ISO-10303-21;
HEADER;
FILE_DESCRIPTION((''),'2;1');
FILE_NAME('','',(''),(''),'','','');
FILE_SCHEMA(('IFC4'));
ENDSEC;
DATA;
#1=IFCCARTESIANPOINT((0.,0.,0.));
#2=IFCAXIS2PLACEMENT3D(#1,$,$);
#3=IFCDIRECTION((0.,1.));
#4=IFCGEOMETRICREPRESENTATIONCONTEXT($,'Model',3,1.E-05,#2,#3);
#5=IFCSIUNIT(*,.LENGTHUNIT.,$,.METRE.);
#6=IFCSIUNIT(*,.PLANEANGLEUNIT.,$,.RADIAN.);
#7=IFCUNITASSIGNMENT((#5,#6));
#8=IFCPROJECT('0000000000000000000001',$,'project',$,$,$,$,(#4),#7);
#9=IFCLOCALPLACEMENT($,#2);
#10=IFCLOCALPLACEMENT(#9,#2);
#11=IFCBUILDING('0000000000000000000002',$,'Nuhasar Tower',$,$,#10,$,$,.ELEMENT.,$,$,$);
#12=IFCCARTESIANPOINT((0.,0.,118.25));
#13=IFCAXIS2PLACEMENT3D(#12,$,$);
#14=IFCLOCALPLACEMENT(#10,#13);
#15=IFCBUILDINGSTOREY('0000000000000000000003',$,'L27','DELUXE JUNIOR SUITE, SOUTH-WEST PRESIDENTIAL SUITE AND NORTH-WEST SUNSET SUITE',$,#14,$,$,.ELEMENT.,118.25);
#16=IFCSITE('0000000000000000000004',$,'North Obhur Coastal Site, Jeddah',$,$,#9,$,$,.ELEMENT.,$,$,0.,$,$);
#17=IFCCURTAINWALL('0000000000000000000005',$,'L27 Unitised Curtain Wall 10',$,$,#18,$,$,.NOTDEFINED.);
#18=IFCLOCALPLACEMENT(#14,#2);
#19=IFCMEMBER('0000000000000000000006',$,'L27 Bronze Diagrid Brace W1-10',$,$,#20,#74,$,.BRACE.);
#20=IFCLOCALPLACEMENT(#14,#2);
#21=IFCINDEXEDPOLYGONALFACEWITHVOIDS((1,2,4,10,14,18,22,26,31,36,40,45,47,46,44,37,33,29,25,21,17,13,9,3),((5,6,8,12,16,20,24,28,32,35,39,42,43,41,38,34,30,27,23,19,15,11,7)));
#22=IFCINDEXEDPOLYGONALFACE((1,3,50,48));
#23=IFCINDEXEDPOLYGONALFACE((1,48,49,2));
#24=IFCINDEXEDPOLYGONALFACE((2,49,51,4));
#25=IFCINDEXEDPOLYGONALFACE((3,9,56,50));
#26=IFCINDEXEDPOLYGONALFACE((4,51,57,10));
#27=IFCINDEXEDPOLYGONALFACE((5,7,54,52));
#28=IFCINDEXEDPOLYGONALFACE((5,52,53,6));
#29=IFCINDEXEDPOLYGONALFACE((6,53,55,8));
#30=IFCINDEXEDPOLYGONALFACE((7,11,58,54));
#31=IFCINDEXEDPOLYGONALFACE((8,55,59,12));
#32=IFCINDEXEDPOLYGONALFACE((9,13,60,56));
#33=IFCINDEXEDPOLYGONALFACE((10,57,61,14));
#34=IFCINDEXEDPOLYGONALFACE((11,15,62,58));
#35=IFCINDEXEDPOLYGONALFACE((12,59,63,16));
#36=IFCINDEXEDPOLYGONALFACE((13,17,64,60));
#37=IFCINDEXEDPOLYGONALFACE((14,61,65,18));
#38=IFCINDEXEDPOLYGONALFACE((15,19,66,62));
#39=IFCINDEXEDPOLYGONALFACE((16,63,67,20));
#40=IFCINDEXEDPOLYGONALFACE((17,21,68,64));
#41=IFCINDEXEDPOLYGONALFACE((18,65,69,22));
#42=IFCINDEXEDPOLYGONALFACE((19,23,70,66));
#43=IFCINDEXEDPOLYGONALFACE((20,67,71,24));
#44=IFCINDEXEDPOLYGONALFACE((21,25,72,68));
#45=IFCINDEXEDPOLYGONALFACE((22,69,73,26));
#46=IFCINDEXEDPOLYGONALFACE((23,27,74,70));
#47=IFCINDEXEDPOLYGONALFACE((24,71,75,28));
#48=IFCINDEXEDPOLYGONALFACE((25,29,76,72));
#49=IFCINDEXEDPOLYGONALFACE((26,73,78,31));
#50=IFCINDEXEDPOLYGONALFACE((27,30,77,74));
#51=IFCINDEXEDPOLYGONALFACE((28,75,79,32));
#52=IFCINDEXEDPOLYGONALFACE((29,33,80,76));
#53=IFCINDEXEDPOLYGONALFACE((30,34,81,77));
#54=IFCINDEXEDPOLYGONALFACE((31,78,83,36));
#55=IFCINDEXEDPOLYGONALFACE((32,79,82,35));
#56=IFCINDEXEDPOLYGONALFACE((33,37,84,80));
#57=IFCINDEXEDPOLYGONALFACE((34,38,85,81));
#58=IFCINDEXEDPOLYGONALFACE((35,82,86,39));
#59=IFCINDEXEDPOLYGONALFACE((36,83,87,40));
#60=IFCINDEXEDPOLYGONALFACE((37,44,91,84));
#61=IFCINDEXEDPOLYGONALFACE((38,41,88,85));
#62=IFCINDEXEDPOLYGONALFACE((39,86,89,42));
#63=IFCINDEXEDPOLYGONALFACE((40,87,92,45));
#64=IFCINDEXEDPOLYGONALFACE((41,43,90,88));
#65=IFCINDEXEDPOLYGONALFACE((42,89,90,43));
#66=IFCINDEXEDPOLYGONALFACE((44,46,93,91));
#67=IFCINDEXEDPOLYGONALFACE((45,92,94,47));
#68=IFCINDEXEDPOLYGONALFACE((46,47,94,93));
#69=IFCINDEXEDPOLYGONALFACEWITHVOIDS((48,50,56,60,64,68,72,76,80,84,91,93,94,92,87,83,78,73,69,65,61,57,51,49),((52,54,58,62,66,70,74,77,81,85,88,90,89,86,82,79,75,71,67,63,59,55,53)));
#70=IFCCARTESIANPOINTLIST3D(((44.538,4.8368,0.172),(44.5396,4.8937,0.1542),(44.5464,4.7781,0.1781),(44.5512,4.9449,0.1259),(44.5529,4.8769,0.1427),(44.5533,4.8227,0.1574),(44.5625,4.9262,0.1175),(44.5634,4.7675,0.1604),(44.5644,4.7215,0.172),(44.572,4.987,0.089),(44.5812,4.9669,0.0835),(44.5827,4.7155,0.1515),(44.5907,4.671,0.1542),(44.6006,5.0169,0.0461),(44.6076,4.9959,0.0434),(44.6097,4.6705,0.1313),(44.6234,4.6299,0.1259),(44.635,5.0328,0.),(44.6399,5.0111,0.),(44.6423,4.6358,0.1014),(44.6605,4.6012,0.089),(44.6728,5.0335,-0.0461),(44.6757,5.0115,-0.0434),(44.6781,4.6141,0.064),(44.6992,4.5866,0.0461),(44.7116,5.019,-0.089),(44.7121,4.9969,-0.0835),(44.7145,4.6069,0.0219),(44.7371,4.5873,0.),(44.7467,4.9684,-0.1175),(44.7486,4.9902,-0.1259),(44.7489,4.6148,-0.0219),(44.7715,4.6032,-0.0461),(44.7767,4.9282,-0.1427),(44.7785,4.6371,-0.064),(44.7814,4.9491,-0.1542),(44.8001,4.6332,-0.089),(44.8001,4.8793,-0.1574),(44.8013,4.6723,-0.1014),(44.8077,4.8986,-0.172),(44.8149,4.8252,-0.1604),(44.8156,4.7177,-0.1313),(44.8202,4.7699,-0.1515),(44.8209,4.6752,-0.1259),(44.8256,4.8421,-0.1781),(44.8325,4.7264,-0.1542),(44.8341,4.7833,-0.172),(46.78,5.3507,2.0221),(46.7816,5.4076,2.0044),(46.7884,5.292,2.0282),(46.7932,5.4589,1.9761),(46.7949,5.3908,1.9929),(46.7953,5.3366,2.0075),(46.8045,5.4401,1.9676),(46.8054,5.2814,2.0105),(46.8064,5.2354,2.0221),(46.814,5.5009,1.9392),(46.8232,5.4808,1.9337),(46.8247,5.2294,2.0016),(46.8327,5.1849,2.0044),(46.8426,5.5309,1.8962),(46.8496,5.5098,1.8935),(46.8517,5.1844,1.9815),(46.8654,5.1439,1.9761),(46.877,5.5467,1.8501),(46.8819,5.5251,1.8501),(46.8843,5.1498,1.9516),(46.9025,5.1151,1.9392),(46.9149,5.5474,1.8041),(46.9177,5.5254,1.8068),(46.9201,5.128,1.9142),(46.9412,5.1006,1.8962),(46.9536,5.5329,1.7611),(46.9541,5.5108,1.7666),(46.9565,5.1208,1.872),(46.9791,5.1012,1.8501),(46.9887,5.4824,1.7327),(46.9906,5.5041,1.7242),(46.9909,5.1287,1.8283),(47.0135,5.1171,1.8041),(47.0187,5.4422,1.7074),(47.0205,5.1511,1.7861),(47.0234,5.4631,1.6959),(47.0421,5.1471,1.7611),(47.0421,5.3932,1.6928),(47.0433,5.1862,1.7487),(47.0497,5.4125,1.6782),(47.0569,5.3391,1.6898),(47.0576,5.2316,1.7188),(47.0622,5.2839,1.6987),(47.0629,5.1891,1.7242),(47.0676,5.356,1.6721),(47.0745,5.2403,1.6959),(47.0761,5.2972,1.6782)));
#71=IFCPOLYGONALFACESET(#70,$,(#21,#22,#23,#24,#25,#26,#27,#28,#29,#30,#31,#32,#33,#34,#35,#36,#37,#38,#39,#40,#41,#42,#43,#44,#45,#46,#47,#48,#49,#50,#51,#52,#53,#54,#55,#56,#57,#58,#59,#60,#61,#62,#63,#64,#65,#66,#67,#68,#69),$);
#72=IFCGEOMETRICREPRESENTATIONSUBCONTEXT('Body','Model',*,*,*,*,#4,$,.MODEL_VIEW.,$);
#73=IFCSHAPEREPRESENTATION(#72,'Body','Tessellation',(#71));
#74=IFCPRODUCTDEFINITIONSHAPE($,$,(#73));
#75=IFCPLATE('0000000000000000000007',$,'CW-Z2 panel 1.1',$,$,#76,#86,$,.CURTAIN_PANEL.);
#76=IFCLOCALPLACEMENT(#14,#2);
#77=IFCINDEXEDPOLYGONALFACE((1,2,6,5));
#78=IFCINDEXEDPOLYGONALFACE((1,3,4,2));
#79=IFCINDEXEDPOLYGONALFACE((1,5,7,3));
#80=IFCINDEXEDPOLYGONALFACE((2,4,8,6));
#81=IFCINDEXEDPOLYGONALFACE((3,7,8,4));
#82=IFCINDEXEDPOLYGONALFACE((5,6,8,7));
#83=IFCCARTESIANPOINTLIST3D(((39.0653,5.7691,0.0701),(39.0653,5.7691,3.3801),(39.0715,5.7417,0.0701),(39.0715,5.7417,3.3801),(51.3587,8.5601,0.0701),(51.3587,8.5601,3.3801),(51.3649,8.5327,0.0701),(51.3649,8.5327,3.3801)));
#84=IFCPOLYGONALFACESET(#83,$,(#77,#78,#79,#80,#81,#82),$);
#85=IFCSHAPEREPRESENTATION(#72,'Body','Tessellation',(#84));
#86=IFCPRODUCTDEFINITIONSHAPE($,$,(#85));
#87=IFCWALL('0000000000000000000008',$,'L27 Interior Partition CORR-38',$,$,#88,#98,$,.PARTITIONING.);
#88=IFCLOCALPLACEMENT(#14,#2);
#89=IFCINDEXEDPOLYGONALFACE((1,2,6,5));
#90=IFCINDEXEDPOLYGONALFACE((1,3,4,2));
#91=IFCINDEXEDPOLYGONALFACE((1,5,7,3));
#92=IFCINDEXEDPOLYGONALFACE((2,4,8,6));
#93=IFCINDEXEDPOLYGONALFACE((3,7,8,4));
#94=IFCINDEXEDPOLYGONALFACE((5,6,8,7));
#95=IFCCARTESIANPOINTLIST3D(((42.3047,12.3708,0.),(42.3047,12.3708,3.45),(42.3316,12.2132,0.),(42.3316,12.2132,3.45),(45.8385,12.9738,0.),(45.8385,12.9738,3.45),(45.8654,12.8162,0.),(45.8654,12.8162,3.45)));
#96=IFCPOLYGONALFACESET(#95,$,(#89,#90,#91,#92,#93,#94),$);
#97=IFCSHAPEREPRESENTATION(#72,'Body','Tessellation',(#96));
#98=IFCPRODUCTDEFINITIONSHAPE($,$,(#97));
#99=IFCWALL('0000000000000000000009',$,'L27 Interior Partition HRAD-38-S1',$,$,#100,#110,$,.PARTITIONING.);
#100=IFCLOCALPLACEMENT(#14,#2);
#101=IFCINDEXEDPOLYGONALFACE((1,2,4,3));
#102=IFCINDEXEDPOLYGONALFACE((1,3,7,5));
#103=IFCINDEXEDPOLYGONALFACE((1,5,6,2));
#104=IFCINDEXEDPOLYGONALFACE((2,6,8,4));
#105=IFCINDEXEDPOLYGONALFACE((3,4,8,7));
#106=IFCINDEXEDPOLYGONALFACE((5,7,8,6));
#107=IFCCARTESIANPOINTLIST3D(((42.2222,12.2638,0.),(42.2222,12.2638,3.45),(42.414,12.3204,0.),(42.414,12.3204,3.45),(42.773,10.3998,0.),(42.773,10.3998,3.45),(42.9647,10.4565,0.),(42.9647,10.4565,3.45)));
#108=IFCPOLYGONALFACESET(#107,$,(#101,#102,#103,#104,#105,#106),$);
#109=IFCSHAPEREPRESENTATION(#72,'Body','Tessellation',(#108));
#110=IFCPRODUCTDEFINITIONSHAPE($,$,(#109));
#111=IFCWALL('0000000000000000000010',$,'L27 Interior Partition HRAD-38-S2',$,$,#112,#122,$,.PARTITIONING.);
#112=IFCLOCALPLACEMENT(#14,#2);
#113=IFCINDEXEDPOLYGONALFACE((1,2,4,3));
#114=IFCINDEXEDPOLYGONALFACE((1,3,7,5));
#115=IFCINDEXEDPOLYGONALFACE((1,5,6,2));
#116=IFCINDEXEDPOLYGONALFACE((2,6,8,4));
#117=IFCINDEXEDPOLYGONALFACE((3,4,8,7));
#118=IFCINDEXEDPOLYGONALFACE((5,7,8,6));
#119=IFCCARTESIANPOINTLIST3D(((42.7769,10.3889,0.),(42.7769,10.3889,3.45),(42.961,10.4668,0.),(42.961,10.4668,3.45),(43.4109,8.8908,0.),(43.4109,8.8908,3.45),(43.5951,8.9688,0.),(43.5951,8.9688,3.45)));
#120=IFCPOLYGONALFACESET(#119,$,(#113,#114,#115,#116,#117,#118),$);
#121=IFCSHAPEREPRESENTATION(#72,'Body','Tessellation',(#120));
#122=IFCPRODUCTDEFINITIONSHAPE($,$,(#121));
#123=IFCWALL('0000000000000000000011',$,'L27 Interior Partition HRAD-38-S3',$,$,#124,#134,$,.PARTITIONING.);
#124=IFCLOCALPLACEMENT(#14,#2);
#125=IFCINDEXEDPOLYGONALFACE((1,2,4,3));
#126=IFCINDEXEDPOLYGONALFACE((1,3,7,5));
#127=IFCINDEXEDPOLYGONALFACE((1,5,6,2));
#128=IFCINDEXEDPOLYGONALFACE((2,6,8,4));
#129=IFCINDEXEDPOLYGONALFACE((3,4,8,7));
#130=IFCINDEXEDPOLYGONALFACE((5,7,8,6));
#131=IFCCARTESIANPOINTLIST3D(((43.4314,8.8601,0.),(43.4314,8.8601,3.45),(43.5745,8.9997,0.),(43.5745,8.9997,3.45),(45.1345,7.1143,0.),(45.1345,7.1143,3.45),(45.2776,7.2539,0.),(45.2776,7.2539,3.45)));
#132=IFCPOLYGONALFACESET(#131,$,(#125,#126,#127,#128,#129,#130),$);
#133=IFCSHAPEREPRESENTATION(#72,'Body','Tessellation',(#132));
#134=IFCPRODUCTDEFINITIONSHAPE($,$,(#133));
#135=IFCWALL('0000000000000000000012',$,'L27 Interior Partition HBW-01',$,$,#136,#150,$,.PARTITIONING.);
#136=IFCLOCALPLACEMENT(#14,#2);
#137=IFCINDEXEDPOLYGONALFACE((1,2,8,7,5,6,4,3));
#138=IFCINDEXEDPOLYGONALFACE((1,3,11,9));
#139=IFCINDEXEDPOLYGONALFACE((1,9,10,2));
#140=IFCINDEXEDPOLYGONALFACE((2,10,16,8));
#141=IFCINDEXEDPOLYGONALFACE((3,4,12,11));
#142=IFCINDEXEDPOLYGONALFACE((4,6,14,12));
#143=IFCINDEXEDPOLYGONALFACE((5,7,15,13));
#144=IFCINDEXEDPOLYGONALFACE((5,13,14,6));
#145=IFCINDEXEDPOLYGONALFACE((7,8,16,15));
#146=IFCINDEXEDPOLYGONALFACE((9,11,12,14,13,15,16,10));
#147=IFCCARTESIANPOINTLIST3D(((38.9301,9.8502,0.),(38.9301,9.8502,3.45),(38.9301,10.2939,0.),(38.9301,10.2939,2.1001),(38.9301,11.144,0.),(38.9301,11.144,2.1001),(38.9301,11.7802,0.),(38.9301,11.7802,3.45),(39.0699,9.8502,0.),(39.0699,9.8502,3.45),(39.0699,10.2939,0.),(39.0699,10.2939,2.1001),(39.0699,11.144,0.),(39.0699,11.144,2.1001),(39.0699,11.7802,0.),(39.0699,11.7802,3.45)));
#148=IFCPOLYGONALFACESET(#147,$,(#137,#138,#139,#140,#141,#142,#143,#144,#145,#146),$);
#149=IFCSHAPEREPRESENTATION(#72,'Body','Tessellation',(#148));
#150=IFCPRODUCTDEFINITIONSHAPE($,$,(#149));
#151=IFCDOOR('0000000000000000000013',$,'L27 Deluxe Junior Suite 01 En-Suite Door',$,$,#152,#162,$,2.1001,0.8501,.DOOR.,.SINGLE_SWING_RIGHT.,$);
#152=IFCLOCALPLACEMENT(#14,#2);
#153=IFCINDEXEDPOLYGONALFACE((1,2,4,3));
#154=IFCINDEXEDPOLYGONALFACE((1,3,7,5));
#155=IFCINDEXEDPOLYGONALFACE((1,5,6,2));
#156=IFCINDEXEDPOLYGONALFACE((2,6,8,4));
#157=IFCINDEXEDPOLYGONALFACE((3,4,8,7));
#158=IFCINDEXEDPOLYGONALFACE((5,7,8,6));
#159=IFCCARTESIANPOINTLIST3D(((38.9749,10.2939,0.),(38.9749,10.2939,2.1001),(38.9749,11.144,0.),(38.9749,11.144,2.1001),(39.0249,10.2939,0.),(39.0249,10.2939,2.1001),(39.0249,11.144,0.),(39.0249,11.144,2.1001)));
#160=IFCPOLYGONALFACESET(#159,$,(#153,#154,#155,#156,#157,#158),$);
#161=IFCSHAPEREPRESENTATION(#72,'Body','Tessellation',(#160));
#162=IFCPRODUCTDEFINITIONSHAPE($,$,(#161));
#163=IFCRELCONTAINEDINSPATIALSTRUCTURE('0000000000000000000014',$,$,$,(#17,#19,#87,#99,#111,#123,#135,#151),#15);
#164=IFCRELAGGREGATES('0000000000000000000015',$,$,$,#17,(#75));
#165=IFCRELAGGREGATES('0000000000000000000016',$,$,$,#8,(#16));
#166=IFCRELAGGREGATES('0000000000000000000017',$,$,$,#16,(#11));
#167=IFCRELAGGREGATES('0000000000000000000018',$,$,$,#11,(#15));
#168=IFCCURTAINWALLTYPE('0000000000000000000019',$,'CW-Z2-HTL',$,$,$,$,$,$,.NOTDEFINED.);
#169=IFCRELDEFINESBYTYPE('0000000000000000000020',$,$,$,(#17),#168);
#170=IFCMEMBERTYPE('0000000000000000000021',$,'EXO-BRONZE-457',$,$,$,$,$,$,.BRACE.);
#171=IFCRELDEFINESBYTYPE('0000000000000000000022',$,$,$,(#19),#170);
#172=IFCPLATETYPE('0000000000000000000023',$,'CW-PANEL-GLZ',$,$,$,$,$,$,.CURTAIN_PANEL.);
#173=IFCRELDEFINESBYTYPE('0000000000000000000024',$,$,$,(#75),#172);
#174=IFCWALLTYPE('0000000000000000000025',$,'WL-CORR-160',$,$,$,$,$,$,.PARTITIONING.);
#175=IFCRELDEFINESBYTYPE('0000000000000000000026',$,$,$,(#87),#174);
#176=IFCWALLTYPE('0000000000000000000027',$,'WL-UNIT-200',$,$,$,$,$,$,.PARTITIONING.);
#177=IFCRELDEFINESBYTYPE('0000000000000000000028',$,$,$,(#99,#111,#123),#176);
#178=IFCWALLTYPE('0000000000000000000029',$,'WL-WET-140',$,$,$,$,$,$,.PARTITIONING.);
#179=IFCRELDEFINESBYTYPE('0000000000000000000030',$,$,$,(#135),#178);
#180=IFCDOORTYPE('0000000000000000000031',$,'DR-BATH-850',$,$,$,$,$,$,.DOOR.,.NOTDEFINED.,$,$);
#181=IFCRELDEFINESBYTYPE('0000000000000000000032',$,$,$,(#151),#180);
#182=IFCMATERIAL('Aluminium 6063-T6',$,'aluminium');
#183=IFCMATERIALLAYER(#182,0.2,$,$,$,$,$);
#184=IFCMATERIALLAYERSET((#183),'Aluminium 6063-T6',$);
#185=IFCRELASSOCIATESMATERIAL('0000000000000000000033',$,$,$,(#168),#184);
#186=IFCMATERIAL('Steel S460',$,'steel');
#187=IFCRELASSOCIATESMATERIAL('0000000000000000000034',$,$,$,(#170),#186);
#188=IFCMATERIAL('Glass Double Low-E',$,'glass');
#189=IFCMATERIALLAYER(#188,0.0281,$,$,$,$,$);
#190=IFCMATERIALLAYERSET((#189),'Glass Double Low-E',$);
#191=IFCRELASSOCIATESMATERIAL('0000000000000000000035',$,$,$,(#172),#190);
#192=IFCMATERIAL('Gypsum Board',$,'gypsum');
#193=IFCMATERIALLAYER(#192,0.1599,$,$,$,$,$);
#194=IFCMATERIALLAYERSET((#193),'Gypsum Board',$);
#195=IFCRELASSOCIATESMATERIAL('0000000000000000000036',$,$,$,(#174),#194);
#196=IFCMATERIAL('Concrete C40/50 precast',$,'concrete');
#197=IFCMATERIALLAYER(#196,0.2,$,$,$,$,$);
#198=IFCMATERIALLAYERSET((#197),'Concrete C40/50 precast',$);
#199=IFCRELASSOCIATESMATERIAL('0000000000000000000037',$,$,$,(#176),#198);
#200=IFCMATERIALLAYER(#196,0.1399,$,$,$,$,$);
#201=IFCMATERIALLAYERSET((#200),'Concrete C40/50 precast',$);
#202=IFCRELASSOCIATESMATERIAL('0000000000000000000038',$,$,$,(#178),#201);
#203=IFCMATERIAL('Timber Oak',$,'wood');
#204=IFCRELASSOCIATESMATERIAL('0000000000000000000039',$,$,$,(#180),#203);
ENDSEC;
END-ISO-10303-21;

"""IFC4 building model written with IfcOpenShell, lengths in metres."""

from ifc_helpers import new_model, si_unit, direction, frame, frame_2d, origin, origin_2d, place, context, subcontext, project, spatial, rectangle, hollow_circle, extrude, material, layer, layer_set, material_profile, profile_set, type_object, element, fill, aggregate, save


model = new_model("IFC4")

# Units and contexts
model_context = context("Model", 3, precision=1e-05, world=origin(), true_north=direction((0.0, 1.0)))
body_context = subcontext(model_context, "Body", "Model", "MODEL_VIEW")
ifc_project = project(units=[si_unit("LENGTHUNIT", "METRE"), si_unit("PLANEANGLEUNIT", "RADIAN")], contexts=[model_context])

# Site, building, storey
site_placement = place(None, origin())
site = spatial("IfcSite", under=ifc_project, at=site_placement, Name="North Obhur Coastal Site, Jeddah", CompositionType="ELEMENT", RefElevation=0.0)
building_placement = place(site_placement, origin())
building = spatial("IfcBuilding", under=site, at=building_placement, Name="Nuhasar Tower", CompositionType="ELEMENT")
storey_placement = place(building_placement, frame((0.0, 0.0, 118.25)))
storey = spatial("IfcBuildingStorey", under=building, at=storey_placement, Name="L27", Description="DELUXE JUNIOR SUITE, SOUTH-WEST PRESIDENTIAL SUITE AND NORTH-WEST SUNSET SUITE", CompositionType="ELEMENT", Elevation=118.25)

# Shared definitions
ifc_material_1 = material(Name="Aluminium 6063-T6", Category="aluminium")
ifc_layer_1 = layer(ifc_material_1, 0.2)
ifc_layer_set_1 = layer_set([ifc_layer_1], Name="Aluminium 6063-T6")
curtain_wall_type = type_object("IfcCurtainWallType", Name="CW-Z2-HTL", PredefinedType="NOTDEFINED", material=ifc_layer_set_1)

# Curtain wall
curtain_wall_1_placement = place(storey_placement, origin())
curtain_wall_1 = element("IfcCurtainWall", 1, at=curtain_wall_1_placement, inside=storey, type_object=curtain_wall_type, Name="L27 Unitised Curtain Wall 10", PredefinedType="NOTDEFINED")

# Member
ifc_material_2 = material(Name="Steel S460", Category="steel")
ifc_material_profile_1 = material_profile(ifc_material_2, hollow_circle(Radius=0.2285, WallThickness=0.0222, at=origin_2d()), Name="HSS457X22.2")
ifc_profile_set_1 = profile_set([ifc_material_profile_1], Name="Steel S460")
member_type_1 = type_object("IfcMemberType", Name="EXO-BRONZE-457", PredefinedType="BRACE", material=ifc_profile_set_1)
member_1_placement = place(storey_placement, frame((44.686, 4.8101, 0.0), z_axis=(0.75951, 0.174101, 0.626764), x_axis=(-0.223433, 0.974719, 0.0)))
element("IfcMember", 2, at=member_1_placement, inside=storey, type_object=member_type_1, Name="L27 Bronze Diagrid Brace W1-10", PredefinedType="BRACE", context=body_context, shape_type="SweptSolid", body=[
    extrude(hollow_circle(Radius=0.2285, WallThickness=0.0222, at=origin_2d()), origin(), (0.0, 0.0, 1.0), 2.9519),
])

# Plate
ifc_material_3 = material(Name="Glass Double Low-E", Category="glass")
ifc_layer_2 = layer(ifc_material_3, 0.0281)
ifc_layer_set_2 = layer_set([ifc_layer_2], Name="Glass Double Low-E")
plate_type = type_object("IfcPlateType", Name="CW-PANEL-GLZ", PredefinedType="CURTAIN_PANEL", material=ifc_layer_set_2)
plate_placement = place(storey_placement, frame((45.2151, 7.1509, 0.0701), z_axis=(0.0, 0.0, 1.0), x_axis=(0.975184, 0.221397, 0.0)))
plate = element("IfcPlate", 3, at=plate_placement, type_object=plate_type, Name="CW-Z2 panel 1.1", PredefinedType="CURTAIN_PANEL", context=body_context, shape_type="SweptSolid", body=[
    extrude(rectangle(XDim=12.6062, YDim=0.0281, at=origin_2d()), origin(), (0.0, 0.0, 1.0), 3.3101),
])
aggregate(curtain_wall_1, [plate])

# Shared definitions
ifc_material_4 = material(Name="Gypsum Board", Category="gypsum")
ifc_layer_3 = layer(ifc_material_4, 0.1599)
ifc_layer_set_3 = layer_set([ifc_layer_3], Name="Gypsum Board")
wall_type_1 = type_object("IfcWallType", Name="WL-CORR-160", PredefinedType="PARTITIONING", material=ifc_layer_set_3)
ifc_material_5 = material(Name="Timber Oak", Category="wood")

# Wall
wall_1_placement = place(storey_placement, frame((42.3181, 12.292, 0.0), z_axis=(0.0, 0.0, 1.0), x_axis=(0.985752, 0.168208, 0.0)))
element("IfcWall", 4, at=wall_1_placement, inside=storey, type_object=wall_type_1, Name="L27 Interior Partition CORR-38", PredefinedType="PARTITIONING", context=body_context, shape_type="SweptSolid", body=[
    extrude(rectangle(XDim=3.585, YDim=0.1599, at=frame_2d((1.7925, 0.0))), origin(), (0.0, 0.0, 1.0), 3.45),
])

# Walls
ifc_material_6 = material(Name="Concrete C40/50 precast", Category="concrete")
ifc_layer_4 = layer(ifc_material_6, 0.2)
ifc_layer_set_4 = layer_set([ifc_layer_4], Name="Concrete C40/50 precast")
wall_type_2 = type_object("IfcWallType", Name="WL-UNIT-200", PredefinedType="PARTITIONING", material=ifc_layer_set_4)
wall_2_placement = place(storey_placement, frame((42.3181, 12.292, 0.0), z_axis=(0.0, 0.0, 1.0), x_axis=(0.28337, -0.959011, 0.0)))
element("IfcWall", 5, at=wall_2_placement, inside=storey, type_object=wall_type_2, Name="L27 Interior Partition HRAD-38-S1", PredefinedType="PARTITIONING", context=body_context, shape_type="SweptSolid", body=[
    extrude(rectangle(XDim=1.9436, YDim=0.2, at=frame_2d((0.9717, 0.0))), origin(), (0.0, 0.0, 1.0), 3.45),
])
wall_3_placement = place(storey_placement, frame((42.8689, 10.428, 0.0), z_axis=(0.0, 0.0, 1.0), x_axis=(0.389767, -0.920913, 0.0)))
element("IfcWall", 6, at=wall_3_placement, inside=storey, type_object=wall_type_2, Name="L27 Interior Partition HRAD-38-S2", PredefinedType="PARTITIONING", context=body_context, shape_type="SweptSolid", body=[
    extrude(rectangle(XDim=1.6267, YDim=0.2, at=frame_2d((0.8135, 0.0))), origin(), (0.0, 0.0, 1.0), 3.45),
])
wall_4_placement = place(storey_placement, frame((43.5029, 8.9299, 0.0), z_axis=(0.0, 0.0, 1.0), x_axis=(0.698294, -0.715811, 0.0)))
element("IfcWall", 7, at=wall_4_placement, inside=storey, type_object=wall_type_2, Name="L27 Interior Partition HRAD-38-S3", PredefinedType="PARTITIONING", context=body_context, shape_type="SweptSolid", body=[
    extrude(rectangle(XDim=2.439, YDim=0.2, at=frame_2d((1.2195, 0.0))), origin(), (0.0, 0.0, 1.0), 3.45),
])

# Wall, opening, door
ifc_layer_5 = layer(ifc_material_6, 0.1399)
ifc_layer_set_5 = layer_set([ifc_layer_5], Name="Concrete C40/50 precast")
wall_type_3 = type_object("IfcWallType", Name="WL-WET-140", PredefinedType="PARTITIONING", material=ifc_layer_set_5)
wall_5_placement = place(storey_placement, frame((39.0, 11.78, 0.0), z_axis=(0.0, 0.0, 1.0), x_axis=(0.0, -1.0, 0.0)))
wall_5 = element("IfcWall", 8, at=wall_5_placement, inside=storey, type_object=wall_type_3, Name="L27 Interior Partition HBW-01", PredefinedType="PARTITIONING", context=body_context, shape_type="SweptSolid", body=[
    extrude(rectangle(XDim=1.9299, YDim=0.1399, at=frame_2d((0.9648, 0.0))), origin(), (0.0, 0.0, 1.0), 3.45),
])
opening_1_placement = place(wall_5_placement, frame((0.636, 0.0, 0.0)))
opening_1 = element("IfcOpeningElement", 9, at=opening_1_placement, cuts=wall_5, PredefinedType="OPENING", context=body_context, shape_type="SweptSolid", body=[
    extrude(rectangle(XDim=0.8501, YDim=2.1001, at=frame_2d((0.425, 1.05))), frame((0.0, 0.0801, 0.0), z_axis=(0.0, -1.0, 0.0), x_axis=(1.0, 0.0, 0.0)), (0.0, 0.0, 1.0), 0.1599),
])
door_type_1 = type_object("IfcDoorType", Name="DR-BATH-850", OperationType="NOTDEFINED", PredefinedType="DOOR", material=ifc_material_5)
door_1_placement = place(opening_1_placement, origin())
door_1 = element("IfcDoor", 10, at=door_1_placement, inside=storey, type_object=door_type_1, Name="L27 Deluxe Junior Suite 01 En-Suite Door", OperationType="SINGLE_SWING_RIGHT", OverallHeight=2.1001, OverallWidth=0.8501, PredefinedType="DOOR", context=body_context, shape_type="SweptSolid", body=[
    extrude(rectangle(XDim=0.8501, YDim=2.1001, at=frame_2d((0.425, 1.05))), frame((0.0, 0.0249, 0.0), z_axis=(0.0, -1.0, 0.0), x_axis=(1.0, 0.0, 0.0)), (0.0, 0.0, 1.0), 0.05),
])
fill(opening_1, door_1)

save(model, "model.ifc")
